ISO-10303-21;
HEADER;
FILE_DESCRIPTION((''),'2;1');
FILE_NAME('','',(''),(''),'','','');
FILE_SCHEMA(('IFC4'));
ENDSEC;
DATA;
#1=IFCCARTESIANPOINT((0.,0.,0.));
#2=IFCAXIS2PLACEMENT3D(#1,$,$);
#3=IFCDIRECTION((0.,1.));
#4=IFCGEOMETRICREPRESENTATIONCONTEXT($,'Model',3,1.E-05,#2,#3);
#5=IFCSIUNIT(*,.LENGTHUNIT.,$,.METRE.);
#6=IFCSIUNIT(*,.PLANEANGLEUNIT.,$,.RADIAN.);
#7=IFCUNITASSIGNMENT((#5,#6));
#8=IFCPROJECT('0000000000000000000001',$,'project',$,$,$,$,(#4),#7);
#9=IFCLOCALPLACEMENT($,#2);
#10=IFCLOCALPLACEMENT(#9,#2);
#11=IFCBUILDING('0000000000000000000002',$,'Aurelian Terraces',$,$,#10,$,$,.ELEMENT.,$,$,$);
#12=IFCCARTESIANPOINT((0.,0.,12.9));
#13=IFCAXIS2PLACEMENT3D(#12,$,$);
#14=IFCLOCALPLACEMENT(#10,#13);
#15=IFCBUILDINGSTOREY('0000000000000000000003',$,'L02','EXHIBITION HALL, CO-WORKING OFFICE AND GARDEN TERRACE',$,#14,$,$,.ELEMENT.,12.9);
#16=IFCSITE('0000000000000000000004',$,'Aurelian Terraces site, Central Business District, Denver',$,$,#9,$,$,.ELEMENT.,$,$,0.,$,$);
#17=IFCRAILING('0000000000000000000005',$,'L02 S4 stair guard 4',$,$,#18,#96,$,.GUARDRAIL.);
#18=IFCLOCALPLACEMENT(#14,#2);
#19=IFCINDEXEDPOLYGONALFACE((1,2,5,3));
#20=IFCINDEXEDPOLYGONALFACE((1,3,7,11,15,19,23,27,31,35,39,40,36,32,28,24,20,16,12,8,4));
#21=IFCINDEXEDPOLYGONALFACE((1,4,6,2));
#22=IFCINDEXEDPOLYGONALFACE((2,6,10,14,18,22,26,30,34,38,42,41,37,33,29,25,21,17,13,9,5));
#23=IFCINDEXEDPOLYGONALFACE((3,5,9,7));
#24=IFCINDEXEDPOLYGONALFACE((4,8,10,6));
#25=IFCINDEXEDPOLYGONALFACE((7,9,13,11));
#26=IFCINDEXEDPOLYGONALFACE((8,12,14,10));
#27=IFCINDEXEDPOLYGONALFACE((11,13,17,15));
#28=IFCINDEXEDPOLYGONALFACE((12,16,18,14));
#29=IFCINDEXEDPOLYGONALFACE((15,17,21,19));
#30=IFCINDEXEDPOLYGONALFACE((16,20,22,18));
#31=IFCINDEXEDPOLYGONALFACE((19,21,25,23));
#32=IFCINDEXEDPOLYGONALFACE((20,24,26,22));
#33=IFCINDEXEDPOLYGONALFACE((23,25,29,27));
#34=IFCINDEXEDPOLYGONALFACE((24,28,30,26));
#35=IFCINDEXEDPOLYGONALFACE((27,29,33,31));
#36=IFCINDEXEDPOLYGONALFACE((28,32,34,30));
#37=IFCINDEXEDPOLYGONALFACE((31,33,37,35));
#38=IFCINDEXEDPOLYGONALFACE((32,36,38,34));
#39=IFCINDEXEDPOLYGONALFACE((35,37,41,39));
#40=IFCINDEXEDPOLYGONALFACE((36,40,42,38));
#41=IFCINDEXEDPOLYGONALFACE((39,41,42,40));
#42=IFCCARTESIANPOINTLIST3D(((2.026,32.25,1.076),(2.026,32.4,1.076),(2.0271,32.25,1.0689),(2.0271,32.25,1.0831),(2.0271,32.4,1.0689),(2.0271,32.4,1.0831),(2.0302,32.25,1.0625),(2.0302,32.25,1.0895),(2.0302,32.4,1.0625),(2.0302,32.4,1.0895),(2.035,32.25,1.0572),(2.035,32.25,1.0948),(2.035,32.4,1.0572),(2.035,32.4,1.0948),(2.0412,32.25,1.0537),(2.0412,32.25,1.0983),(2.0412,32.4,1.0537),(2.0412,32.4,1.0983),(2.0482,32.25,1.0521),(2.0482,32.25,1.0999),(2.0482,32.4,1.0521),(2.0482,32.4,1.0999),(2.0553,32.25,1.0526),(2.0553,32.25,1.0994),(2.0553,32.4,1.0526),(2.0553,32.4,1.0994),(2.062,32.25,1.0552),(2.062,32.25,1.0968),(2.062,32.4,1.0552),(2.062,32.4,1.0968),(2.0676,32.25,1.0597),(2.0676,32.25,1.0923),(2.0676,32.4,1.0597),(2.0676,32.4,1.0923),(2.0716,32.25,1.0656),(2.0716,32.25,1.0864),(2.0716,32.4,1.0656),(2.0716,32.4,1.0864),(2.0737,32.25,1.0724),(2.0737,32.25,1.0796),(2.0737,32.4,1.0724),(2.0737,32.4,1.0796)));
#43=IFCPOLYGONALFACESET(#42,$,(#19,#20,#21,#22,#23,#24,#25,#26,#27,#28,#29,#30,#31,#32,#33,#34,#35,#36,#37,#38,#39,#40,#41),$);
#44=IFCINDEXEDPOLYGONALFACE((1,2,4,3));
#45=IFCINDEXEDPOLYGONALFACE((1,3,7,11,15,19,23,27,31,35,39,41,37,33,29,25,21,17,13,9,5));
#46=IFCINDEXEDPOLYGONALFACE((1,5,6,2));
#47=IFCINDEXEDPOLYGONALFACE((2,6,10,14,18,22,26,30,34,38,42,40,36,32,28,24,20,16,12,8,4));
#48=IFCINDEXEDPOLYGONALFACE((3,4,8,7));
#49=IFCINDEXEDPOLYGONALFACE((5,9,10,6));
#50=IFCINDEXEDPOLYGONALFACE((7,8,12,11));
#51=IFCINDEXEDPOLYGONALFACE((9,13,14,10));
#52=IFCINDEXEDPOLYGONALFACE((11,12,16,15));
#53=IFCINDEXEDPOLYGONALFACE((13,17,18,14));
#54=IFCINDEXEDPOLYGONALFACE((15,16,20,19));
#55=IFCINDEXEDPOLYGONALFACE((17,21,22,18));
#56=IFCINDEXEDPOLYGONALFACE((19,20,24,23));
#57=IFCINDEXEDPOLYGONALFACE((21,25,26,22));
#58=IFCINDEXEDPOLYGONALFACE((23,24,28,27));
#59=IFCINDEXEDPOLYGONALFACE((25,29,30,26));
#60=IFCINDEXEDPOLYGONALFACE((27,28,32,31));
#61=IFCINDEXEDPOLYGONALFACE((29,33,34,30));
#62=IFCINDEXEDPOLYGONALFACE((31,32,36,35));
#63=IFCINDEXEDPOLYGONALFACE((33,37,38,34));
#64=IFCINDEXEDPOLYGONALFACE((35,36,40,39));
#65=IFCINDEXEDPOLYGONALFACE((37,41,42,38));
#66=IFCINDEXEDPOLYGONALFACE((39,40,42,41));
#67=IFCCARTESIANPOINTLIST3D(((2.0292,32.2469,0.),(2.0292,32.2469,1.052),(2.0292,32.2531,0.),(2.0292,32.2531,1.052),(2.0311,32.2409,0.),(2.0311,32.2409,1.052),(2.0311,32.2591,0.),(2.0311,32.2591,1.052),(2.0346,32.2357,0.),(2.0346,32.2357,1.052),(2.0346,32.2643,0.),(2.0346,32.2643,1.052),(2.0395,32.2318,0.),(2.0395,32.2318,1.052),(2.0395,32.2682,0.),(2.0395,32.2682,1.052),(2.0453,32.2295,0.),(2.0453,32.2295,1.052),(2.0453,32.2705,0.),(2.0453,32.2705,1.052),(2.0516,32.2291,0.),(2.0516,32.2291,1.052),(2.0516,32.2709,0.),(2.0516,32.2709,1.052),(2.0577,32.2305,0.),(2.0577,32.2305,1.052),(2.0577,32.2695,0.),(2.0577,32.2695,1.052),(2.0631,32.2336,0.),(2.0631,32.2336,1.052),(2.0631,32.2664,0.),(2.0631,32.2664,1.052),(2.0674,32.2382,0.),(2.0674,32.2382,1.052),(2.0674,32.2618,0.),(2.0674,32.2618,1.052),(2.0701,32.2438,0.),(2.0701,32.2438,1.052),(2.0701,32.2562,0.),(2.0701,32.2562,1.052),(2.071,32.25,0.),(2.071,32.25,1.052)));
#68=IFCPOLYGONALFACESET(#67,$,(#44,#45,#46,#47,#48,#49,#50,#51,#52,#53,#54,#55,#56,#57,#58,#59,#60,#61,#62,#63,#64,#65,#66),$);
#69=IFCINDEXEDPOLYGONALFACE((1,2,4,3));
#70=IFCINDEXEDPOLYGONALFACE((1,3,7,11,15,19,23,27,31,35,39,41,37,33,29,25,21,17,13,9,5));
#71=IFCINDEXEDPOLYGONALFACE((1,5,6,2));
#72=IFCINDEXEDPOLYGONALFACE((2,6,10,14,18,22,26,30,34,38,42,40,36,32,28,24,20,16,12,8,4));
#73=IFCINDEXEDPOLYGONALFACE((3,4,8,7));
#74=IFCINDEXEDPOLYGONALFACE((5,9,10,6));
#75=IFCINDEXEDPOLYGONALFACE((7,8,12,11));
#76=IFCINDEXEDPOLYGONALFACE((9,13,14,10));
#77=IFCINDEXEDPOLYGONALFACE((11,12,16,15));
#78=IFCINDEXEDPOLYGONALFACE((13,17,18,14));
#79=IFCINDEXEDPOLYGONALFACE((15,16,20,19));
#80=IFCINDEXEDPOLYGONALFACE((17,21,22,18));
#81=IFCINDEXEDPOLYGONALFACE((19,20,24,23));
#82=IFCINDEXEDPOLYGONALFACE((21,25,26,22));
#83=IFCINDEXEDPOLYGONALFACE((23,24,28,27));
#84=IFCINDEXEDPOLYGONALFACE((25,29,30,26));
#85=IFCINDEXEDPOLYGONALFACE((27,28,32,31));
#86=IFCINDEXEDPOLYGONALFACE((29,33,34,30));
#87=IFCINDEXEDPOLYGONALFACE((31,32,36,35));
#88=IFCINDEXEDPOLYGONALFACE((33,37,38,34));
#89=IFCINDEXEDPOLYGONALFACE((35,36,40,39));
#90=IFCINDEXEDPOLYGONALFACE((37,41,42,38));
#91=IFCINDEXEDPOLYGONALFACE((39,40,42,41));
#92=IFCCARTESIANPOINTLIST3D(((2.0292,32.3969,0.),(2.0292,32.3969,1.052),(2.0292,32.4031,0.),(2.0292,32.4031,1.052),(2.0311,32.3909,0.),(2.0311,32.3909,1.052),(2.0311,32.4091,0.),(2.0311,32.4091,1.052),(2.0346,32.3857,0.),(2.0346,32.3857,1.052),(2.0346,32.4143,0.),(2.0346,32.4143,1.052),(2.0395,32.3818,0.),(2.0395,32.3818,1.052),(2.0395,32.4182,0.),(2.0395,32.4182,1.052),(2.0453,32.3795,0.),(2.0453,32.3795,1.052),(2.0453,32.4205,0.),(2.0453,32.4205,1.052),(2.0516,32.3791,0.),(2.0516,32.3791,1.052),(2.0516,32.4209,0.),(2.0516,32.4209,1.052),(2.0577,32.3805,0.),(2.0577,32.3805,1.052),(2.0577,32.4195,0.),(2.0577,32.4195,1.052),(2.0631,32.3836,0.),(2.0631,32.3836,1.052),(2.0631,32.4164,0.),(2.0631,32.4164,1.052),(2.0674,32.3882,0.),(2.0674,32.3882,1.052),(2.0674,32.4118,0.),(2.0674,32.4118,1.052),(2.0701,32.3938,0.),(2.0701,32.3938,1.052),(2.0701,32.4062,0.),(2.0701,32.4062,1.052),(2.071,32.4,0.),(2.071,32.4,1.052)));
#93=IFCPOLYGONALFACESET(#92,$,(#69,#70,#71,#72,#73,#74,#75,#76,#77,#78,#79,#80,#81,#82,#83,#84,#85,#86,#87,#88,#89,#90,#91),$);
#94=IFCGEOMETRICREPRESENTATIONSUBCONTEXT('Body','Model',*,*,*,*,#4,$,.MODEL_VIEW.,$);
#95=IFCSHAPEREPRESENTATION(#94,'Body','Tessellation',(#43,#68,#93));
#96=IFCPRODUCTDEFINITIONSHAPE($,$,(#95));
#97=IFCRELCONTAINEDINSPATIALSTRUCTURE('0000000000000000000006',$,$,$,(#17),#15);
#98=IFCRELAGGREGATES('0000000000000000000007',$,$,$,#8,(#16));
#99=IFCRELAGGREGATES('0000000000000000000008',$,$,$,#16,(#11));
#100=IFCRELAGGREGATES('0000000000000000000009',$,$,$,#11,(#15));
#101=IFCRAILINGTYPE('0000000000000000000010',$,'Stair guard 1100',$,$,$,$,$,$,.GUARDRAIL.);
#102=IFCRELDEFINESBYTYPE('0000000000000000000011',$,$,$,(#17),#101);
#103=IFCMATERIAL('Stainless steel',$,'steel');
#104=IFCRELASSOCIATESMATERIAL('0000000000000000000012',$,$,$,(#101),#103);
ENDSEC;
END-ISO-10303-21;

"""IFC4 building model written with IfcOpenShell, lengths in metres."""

from ifc_helpers import new_model, si_unit, direction, frame, origin, origin_2d, place, context, subcontext, project, spatial, circle, extrude, source, transform, mapped, material, type_object, element, save


model = new_model("IFC4")

# Units and contexts
model_context = context("Model", 3, precision=1e-05, world=origin(), true_north=direction((0.0, 1.0)))
body_context = subcontext(model_context, "Body", "Model", "MODEL_VIEW")
ifc_project = project(units=[si_unit("LENGTHUNIT", "METRE"), si_unit("PLANEANGLEUNIT", "RADIAN")], contexts=[model_context])

# Site, building, storey
site_placement = place(None, origin())
site = spatial("IfcSite", under=ifc_project, at=site_placement, Name="Aurelian Terraces site, Central Business District, Denver", CompositionType="ELEMENT", RefElevation=0.0)
building_placement = place(site_placement, origin())
building = spatial("IfcBuilding", under=site, at=building_placement, Name="Aurelian Terraces", CompositionType="ELEMENT")
storey_placement = place(building_placement, frame((0.0, 0.0, 12.9)))
storey = spatial("IfcBuildingStorey", under=building, at=storey_placement, Name="L02", Description="EXHIBITION HALL, CO-WORKING OFFICE AND GARDEN TERRACE", CompositionType="ELEMENT", Elevation=12.9)

# Railing
ifc_material_1 = material(Name="Stainless steel", Category="steel")
railing_type_1 = type_object("IfcRailingType", Name="Stair guard 1100", PredefinedType="GUARDRAIL", material=ifc_material_1)
shared_shape_1 = source(origin(), body_context, "Body", "SweptSolid", [
    extrude(circle(Radius=0.024, at=origin_2d()), frame((0.0, 0.0, 1.076), z_axis=(0.0, 1.0, 0.0), x_axis=(-1.0, 0.0, 0.0)), (0.0, 0.0, 1.0), 0.15),
    extrude(circle(Radius=0.021, at=origin_2d()), origin(), (0.0, 0.0, 1.0), 1.052),
    extrude(circle(Radius=0.021, at=origin_2d()), frame((0.0, 0.15, 0.0)), (0.0, 0.0, 1.0), 1.052),
])
for number, where, name in (
    (1, (2.05, 32.25, 0.0), "L02 S4 stair guard 4"),
):
    element("IfcRailing", number, at=place(storey_placement, frame(where)), inside=storey, type_object=railing_type_1, Name=name, PredefinedType="GUARDRAIL", context=body_context, shape_type="MappedRepresentation", body=[
        mapped(shared_shape_1, transform((0.0, 0.0, 0.0), scale=1.0)),
    ])

save(model, "model.ifc")
